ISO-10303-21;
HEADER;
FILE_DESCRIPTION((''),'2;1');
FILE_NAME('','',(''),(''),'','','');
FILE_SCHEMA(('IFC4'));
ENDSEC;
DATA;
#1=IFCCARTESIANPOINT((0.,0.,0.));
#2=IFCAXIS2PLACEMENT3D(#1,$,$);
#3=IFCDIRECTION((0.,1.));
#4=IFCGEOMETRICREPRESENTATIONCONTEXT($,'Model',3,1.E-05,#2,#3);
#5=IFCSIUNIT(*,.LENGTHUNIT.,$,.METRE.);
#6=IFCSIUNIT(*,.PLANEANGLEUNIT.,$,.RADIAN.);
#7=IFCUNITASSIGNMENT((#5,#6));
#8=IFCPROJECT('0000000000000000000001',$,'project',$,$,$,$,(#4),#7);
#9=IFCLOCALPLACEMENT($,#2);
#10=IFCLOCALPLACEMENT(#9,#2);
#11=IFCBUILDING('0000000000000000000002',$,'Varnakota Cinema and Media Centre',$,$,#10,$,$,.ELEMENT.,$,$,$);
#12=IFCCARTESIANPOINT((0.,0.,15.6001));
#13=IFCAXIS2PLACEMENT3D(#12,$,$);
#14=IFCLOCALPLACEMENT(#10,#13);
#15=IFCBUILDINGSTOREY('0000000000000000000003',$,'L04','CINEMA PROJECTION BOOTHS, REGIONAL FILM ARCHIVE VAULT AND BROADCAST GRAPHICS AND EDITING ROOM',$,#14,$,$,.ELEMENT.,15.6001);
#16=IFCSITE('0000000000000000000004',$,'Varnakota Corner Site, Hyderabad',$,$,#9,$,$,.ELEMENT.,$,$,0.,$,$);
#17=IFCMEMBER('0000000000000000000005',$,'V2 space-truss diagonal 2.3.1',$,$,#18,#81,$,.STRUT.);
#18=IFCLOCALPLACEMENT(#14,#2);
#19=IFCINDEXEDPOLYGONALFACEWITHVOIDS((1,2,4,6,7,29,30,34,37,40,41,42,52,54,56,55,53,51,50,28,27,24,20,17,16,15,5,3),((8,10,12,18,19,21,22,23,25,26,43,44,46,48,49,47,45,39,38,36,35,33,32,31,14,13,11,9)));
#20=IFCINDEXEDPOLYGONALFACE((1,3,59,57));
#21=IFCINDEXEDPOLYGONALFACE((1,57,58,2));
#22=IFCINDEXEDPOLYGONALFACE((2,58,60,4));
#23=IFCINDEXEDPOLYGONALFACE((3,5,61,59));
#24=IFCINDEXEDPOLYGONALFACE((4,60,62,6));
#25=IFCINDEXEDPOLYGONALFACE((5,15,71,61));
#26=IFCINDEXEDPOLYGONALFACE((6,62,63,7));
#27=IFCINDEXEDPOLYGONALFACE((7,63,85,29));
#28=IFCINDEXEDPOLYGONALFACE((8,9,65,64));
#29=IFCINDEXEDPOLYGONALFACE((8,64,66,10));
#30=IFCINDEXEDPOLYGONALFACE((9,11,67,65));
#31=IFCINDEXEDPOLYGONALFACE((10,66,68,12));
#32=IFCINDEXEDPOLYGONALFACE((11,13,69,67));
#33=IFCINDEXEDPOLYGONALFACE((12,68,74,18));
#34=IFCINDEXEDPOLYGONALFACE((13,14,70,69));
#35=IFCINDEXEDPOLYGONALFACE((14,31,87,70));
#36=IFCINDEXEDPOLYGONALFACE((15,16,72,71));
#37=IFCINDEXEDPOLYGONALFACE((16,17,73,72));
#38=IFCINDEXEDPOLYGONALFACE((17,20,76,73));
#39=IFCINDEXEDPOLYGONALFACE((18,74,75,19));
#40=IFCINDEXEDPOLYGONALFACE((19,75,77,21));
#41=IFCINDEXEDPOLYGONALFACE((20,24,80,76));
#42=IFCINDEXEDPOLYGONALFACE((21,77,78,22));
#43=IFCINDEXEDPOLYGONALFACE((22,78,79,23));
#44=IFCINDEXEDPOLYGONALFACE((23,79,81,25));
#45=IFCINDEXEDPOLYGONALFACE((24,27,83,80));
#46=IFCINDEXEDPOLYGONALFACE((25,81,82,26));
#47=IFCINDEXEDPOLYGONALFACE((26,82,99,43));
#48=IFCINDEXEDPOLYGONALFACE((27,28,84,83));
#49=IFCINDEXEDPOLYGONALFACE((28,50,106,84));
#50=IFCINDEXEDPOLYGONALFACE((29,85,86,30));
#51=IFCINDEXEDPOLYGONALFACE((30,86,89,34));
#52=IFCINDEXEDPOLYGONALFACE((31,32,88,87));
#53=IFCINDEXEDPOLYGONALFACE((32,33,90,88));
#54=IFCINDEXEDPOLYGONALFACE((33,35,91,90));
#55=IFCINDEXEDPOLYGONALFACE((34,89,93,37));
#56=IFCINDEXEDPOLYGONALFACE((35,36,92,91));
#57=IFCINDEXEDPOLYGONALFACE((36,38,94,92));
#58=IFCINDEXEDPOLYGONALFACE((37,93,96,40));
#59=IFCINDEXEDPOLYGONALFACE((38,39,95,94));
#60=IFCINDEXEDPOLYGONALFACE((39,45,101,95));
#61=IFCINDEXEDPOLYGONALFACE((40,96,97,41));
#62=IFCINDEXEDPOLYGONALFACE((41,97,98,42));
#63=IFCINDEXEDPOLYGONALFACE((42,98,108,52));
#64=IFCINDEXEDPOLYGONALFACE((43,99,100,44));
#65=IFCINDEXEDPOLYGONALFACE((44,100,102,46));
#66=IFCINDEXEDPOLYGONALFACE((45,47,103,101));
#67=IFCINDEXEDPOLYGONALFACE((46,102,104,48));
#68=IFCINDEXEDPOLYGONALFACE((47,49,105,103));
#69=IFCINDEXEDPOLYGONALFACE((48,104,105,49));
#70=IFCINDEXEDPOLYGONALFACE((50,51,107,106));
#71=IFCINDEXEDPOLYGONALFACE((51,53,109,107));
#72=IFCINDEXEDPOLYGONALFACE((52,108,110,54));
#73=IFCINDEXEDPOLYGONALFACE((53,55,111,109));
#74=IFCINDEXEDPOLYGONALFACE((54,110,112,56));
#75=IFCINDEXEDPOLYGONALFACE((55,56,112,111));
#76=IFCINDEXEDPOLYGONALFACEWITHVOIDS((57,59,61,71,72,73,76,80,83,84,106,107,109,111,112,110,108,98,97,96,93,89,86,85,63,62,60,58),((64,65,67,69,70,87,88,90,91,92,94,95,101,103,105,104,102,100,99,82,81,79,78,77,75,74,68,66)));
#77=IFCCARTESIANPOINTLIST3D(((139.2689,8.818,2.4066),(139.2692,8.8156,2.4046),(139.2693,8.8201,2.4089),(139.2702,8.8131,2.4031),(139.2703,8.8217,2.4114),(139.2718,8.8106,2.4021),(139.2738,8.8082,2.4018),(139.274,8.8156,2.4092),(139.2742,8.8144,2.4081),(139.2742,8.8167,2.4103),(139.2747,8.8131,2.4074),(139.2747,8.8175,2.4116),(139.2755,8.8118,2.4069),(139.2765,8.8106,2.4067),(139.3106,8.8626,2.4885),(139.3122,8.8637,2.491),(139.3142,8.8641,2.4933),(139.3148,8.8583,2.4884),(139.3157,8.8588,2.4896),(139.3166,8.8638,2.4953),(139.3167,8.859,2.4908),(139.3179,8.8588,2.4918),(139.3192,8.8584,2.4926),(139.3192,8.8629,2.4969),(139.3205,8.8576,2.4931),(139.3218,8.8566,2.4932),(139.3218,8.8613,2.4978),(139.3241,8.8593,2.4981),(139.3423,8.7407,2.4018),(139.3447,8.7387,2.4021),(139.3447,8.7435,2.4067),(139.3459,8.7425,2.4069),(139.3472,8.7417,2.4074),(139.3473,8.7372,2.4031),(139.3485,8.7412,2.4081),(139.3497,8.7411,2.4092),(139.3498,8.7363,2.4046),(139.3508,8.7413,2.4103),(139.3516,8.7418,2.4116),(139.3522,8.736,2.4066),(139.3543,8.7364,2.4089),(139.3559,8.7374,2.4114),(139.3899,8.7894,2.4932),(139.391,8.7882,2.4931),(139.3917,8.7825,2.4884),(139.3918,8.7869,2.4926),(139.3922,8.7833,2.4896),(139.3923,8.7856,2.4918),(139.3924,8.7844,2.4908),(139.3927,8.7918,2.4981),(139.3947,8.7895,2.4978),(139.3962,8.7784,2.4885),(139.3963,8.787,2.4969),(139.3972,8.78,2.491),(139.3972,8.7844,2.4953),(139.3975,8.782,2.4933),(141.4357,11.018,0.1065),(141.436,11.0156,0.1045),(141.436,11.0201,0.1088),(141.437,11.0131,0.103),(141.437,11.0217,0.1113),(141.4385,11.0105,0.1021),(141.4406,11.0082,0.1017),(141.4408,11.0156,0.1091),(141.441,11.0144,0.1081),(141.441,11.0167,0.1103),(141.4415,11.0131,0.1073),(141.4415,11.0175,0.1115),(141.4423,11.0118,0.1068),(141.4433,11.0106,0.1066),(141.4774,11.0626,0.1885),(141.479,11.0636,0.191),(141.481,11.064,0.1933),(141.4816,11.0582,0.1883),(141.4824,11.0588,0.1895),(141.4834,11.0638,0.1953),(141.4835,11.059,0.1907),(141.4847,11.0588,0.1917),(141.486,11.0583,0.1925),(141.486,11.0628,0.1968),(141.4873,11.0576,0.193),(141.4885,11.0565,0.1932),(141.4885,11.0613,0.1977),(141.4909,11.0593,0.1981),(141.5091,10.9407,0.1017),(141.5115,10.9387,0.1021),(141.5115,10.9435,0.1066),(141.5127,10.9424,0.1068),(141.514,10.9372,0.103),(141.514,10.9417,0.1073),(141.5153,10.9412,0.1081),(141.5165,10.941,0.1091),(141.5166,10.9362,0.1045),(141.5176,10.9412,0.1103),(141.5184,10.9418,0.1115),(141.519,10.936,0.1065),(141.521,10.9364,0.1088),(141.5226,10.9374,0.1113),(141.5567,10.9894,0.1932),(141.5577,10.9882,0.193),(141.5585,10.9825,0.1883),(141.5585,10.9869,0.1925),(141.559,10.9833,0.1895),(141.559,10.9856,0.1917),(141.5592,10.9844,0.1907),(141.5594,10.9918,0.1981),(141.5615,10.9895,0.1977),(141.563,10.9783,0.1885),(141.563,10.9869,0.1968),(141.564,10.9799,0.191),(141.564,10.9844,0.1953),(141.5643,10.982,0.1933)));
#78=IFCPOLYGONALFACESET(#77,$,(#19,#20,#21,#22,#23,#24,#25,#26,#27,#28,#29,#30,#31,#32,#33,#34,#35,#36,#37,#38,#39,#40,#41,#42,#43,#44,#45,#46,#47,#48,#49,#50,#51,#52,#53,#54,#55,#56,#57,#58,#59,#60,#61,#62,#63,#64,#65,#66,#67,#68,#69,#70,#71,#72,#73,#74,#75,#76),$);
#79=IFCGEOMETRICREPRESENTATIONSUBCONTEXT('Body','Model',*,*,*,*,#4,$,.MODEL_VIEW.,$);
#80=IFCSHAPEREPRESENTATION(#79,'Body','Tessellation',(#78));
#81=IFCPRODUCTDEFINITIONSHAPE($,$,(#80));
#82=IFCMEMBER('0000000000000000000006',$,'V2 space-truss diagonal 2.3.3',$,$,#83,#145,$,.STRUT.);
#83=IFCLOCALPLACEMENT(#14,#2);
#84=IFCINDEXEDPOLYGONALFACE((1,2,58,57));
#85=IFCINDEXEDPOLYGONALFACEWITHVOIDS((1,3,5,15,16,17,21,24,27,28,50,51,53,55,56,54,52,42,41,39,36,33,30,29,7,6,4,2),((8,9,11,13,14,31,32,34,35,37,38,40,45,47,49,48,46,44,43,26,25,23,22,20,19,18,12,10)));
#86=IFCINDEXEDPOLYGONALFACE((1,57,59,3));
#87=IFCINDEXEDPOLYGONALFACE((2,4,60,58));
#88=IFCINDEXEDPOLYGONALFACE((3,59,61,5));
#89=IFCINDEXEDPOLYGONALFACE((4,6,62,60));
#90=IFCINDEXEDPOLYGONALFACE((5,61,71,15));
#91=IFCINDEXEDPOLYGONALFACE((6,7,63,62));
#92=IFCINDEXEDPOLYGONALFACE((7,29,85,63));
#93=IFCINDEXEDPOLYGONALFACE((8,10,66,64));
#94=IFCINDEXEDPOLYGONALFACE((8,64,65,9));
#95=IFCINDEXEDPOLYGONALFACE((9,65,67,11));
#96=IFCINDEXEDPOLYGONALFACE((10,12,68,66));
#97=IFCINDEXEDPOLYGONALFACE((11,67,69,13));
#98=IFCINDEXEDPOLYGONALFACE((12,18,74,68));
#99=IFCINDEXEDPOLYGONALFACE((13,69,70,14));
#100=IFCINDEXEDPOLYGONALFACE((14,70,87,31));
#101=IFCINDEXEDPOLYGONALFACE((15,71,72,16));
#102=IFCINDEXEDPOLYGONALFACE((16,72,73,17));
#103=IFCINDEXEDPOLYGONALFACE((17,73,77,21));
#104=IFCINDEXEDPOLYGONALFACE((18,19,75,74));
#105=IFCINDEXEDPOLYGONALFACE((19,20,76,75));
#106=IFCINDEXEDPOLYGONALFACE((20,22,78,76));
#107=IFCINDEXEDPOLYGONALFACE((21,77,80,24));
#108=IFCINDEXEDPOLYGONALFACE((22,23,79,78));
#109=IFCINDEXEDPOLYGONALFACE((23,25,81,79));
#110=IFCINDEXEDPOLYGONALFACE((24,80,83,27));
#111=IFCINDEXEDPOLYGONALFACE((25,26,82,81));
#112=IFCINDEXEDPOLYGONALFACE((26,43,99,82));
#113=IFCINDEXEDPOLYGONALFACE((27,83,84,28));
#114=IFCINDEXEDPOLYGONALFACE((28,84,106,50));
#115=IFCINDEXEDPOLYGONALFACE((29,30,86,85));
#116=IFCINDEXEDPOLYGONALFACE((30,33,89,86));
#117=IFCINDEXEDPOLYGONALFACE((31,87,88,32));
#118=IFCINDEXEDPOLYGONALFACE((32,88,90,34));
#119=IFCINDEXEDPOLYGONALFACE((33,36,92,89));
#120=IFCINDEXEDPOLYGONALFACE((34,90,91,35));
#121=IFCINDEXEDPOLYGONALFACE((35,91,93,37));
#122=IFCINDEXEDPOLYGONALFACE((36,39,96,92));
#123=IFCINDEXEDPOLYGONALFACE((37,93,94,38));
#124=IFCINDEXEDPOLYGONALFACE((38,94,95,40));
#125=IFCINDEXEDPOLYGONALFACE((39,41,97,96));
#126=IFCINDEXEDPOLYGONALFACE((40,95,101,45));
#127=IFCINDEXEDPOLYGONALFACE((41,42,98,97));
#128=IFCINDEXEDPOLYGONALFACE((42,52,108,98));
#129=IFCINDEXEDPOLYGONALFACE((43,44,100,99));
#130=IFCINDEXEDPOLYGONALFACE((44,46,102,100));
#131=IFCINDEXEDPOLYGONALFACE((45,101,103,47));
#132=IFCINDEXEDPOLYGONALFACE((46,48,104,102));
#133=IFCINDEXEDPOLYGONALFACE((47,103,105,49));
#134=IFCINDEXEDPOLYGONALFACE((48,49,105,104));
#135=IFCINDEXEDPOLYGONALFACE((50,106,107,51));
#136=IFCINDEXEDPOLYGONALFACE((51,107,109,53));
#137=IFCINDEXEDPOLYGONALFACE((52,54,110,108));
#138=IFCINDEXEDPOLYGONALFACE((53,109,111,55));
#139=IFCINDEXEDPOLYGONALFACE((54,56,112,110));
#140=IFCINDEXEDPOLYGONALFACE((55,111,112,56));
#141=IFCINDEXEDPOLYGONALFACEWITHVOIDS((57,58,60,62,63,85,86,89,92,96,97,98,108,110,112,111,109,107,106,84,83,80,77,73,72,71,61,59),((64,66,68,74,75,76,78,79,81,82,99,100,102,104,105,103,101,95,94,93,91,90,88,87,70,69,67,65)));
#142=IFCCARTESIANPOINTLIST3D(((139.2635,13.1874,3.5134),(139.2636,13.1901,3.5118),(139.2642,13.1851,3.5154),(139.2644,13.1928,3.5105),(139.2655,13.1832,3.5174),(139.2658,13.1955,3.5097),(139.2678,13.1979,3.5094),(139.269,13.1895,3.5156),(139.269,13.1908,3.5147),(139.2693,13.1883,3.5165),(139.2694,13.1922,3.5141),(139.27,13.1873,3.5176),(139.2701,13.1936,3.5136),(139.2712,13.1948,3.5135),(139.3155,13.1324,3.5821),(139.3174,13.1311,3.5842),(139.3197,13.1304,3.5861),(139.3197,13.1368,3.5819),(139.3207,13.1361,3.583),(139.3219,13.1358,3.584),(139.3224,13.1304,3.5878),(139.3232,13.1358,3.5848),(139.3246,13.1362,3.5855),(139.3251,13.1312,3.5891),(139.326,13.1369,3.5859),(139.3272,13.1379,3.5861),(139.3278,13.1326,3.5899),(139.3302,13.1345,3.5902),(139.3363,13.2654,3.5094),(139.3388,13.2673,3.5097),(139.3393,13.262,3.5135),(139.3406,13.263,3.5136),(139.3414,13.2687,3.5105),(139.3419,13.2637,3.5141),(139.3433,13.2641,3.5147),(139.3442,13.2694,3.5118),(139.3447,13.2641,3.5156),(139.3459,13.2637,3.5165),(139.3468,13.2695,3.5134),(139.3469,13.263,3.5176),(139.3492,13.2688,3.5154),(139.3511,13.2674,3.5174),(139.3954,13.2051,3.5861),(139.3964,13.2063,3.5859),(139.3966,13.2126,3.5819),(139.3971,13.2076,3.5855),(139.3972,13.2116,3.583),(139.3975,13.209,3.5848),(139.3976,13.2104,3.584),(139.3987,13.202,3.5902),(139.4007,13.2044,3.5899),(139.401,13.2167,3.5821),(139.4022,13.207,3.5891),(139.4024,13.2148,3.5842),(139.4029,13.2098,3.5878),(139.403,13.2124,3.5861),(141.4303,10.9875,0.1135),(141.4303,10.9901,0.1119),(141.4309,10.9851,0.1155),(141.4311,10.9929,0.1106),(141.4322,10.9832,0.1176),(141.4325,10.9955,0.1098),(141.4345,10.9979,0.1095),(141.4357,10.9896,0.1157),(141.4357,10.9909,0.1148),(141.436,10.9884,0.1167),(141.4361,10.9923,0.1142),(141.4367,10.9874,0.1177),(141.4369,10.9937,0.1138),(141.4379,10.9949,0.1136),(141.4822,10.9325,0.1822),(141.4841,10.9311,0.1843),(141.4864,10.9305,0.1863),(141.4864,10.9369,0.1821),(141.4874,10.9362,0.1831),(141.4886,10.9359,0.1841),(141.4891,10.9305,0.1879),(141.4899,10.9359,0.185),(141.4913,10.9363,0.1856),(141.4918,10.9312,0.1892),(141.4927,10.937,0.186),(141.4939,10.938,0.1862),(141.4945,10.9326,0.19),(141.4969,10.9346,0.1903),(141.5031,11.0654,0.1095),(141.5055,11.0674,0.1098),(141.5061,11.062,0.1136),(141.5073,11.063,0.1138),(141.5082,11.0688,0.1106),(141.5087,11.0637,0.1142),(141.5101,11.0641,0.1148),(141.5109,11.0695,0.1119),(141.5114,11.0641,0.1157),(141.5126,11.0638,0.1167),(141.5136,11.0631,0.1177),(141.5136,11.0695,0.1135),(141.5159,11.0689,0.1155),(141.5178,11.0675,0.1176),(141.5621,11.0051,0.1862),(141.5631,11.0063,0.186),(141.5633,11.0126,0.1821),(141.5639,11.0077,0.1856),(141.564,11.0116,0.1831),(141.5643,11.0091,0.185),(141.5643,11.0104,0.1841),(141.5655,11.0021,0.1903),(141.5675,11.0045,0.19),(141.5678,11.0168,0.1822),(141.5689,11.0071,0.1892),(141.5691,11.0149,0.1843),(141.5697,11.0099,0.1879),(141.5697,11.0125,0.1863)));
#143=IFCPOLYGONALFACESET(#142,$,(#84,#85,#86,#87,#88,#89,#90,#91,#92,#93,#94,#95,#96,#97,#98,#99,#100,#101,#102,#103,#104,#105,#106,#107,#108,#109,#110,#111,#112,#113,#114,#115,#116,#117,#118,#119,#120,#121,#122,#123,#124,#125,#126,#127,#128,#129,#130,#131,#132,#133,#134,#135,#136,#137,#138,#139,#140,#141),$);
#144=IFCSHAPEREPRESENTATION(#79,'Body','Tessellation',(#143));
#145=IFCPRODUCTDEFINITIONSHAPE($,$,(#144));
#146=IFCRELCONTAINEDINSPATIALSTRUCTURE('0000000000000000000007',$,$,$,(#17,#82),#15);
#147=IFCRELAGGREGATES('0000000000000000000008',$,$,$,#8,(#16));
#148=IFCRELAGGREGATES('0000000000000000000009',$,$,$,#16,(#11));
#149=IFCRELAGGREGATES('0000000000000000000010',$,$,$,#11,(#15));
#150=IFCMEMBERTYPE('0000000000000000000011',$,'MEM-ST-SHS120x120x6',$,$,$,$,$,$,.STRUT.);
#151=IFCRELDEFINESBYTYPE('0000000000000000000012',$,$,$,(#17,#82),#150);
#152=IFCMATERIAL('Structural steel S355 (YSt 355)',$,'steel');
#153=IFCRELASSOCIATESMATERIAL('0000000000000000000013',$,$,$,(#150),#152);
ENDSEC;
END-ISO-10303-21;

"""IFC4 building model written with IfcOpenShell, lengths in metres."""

from ifc_helpers import new_model, si_unit, direction, frame, origin, origin_2d, place, context, subcontext, project, spatial, hollow_rectangle, extrude, material, material_profile, profile_set, type_object, element, save


model = new_model("IFC4")

# Units and contexts
model_context = context("Model", 3, precision=1e-05, world=origin(), true_north=direction((0.0, 1.0)))
body_context = subcontext(model_context, "Body", "Model", "MODEL_VIEW")
ifc_project = project(units=[si_unit("LENGTHUNIT", "METRE"), si_unit("PLANEANGLEUNIT", "RADIAN")], contexts=[model_context])

# Site, building, storey
site_placement = place(None, origin())
site = spatial("IfcSite", under=ifc_project, at=site_placement, Name="Varnakota Corner Site, Hyderabad", CompositionType="ELEMENT", RefElevation=0.0)
building_placement = place(site_placement, origin())
building = spatial("IfcBuilding", under=site, at=building_placement, Name="Varnakota Cinema and Media Centre", CompositionType="ELEMENT")
storey_placement = place(building_placement, frame((0.0, 0.0, 15.6001)))
storey = spatial("IfcBuildingStorey", under=building, at=storey_placement, Name="L04", Description="CINEMA PROJECTION BOOTHS, REGIONAL FILM ARCHIVE VAULT AND BROADCAST GRAPHICS AND EDITING ROOM", CompositionType="ELEMENT", Elevation=15.6001)

# Members
ifc_material_1 = material(Name="Structural steel S355 (YSt 355)", Category="steel")
ifc_material_profile_1 = material_profile(ifc_material_1, hollow_rectangle(XDim=0.1201, YDim=0.1201, WallThickness=0.0061, InnerFilletRadius=0.0061, OuterFilletRadius=0.012, at=origin_2d()), Name="SHS 120x120x6")
ifc_profile_set_1 = profile_set([ifc_material_profile_1], Name="Structural steel S355 (YSt 355)")
member_type_1 = type_object("IfcMemberType", Name="MEM-ST-SHS120x120x6", PredefinedType="STRUT", material=ifc_profile_set_1)
member_1_placement = place(storey_placement, frame((141.5, 11.0, 0.1499), z_axis=(-0.562748, -0.571371, 0.597369), x_axis=(0.712463, -0.70171, 0.0)))
element("IfcMember", 1, at=member_1_placement, inside=storey, type_object=member_type_1, Name="V2 space-truss diagonal 2.3.1", PredefinedType="STRUT", context=body_context, shape_type="SweptSolid", body=[
    extrude(hollow_rectangle(XDim=0.1201, YDim=0.1201, WallThickness=0.0061, InnerFilletRadius=0.0061, OuterFilletRadius=0.012, at=origin_2d()), origin(), (0.0, 0.0, 1.0), 3.8503),
])
member_2_placement = place(storey_placement, frame((141.5, 11.0, 0.1499), z_axis=(-0.471769, 0.478999, 0.740266), x_axis=(-0.712463, -0.70171, 0.0)))
element("IfcMember", 2, at=member_2_placement, inside=storey, type_object=member_type_1, Name="V2 space-truss diagonal 2.3.3", PredefinedType="STRUT", context=body_context, shape_type="SweptSolid", body=[
    extrude(hollow_rectangle(XDim=0.1201, YDim=0.1201, WallThickness=0.0061, InnerFilletRadius=0.0061, OuterFilletRadius=0.012, at=origin_2d()), origin(), (0.0, 0.0, 1.0), 4.5928),
])

save(model, "model.ifc")
